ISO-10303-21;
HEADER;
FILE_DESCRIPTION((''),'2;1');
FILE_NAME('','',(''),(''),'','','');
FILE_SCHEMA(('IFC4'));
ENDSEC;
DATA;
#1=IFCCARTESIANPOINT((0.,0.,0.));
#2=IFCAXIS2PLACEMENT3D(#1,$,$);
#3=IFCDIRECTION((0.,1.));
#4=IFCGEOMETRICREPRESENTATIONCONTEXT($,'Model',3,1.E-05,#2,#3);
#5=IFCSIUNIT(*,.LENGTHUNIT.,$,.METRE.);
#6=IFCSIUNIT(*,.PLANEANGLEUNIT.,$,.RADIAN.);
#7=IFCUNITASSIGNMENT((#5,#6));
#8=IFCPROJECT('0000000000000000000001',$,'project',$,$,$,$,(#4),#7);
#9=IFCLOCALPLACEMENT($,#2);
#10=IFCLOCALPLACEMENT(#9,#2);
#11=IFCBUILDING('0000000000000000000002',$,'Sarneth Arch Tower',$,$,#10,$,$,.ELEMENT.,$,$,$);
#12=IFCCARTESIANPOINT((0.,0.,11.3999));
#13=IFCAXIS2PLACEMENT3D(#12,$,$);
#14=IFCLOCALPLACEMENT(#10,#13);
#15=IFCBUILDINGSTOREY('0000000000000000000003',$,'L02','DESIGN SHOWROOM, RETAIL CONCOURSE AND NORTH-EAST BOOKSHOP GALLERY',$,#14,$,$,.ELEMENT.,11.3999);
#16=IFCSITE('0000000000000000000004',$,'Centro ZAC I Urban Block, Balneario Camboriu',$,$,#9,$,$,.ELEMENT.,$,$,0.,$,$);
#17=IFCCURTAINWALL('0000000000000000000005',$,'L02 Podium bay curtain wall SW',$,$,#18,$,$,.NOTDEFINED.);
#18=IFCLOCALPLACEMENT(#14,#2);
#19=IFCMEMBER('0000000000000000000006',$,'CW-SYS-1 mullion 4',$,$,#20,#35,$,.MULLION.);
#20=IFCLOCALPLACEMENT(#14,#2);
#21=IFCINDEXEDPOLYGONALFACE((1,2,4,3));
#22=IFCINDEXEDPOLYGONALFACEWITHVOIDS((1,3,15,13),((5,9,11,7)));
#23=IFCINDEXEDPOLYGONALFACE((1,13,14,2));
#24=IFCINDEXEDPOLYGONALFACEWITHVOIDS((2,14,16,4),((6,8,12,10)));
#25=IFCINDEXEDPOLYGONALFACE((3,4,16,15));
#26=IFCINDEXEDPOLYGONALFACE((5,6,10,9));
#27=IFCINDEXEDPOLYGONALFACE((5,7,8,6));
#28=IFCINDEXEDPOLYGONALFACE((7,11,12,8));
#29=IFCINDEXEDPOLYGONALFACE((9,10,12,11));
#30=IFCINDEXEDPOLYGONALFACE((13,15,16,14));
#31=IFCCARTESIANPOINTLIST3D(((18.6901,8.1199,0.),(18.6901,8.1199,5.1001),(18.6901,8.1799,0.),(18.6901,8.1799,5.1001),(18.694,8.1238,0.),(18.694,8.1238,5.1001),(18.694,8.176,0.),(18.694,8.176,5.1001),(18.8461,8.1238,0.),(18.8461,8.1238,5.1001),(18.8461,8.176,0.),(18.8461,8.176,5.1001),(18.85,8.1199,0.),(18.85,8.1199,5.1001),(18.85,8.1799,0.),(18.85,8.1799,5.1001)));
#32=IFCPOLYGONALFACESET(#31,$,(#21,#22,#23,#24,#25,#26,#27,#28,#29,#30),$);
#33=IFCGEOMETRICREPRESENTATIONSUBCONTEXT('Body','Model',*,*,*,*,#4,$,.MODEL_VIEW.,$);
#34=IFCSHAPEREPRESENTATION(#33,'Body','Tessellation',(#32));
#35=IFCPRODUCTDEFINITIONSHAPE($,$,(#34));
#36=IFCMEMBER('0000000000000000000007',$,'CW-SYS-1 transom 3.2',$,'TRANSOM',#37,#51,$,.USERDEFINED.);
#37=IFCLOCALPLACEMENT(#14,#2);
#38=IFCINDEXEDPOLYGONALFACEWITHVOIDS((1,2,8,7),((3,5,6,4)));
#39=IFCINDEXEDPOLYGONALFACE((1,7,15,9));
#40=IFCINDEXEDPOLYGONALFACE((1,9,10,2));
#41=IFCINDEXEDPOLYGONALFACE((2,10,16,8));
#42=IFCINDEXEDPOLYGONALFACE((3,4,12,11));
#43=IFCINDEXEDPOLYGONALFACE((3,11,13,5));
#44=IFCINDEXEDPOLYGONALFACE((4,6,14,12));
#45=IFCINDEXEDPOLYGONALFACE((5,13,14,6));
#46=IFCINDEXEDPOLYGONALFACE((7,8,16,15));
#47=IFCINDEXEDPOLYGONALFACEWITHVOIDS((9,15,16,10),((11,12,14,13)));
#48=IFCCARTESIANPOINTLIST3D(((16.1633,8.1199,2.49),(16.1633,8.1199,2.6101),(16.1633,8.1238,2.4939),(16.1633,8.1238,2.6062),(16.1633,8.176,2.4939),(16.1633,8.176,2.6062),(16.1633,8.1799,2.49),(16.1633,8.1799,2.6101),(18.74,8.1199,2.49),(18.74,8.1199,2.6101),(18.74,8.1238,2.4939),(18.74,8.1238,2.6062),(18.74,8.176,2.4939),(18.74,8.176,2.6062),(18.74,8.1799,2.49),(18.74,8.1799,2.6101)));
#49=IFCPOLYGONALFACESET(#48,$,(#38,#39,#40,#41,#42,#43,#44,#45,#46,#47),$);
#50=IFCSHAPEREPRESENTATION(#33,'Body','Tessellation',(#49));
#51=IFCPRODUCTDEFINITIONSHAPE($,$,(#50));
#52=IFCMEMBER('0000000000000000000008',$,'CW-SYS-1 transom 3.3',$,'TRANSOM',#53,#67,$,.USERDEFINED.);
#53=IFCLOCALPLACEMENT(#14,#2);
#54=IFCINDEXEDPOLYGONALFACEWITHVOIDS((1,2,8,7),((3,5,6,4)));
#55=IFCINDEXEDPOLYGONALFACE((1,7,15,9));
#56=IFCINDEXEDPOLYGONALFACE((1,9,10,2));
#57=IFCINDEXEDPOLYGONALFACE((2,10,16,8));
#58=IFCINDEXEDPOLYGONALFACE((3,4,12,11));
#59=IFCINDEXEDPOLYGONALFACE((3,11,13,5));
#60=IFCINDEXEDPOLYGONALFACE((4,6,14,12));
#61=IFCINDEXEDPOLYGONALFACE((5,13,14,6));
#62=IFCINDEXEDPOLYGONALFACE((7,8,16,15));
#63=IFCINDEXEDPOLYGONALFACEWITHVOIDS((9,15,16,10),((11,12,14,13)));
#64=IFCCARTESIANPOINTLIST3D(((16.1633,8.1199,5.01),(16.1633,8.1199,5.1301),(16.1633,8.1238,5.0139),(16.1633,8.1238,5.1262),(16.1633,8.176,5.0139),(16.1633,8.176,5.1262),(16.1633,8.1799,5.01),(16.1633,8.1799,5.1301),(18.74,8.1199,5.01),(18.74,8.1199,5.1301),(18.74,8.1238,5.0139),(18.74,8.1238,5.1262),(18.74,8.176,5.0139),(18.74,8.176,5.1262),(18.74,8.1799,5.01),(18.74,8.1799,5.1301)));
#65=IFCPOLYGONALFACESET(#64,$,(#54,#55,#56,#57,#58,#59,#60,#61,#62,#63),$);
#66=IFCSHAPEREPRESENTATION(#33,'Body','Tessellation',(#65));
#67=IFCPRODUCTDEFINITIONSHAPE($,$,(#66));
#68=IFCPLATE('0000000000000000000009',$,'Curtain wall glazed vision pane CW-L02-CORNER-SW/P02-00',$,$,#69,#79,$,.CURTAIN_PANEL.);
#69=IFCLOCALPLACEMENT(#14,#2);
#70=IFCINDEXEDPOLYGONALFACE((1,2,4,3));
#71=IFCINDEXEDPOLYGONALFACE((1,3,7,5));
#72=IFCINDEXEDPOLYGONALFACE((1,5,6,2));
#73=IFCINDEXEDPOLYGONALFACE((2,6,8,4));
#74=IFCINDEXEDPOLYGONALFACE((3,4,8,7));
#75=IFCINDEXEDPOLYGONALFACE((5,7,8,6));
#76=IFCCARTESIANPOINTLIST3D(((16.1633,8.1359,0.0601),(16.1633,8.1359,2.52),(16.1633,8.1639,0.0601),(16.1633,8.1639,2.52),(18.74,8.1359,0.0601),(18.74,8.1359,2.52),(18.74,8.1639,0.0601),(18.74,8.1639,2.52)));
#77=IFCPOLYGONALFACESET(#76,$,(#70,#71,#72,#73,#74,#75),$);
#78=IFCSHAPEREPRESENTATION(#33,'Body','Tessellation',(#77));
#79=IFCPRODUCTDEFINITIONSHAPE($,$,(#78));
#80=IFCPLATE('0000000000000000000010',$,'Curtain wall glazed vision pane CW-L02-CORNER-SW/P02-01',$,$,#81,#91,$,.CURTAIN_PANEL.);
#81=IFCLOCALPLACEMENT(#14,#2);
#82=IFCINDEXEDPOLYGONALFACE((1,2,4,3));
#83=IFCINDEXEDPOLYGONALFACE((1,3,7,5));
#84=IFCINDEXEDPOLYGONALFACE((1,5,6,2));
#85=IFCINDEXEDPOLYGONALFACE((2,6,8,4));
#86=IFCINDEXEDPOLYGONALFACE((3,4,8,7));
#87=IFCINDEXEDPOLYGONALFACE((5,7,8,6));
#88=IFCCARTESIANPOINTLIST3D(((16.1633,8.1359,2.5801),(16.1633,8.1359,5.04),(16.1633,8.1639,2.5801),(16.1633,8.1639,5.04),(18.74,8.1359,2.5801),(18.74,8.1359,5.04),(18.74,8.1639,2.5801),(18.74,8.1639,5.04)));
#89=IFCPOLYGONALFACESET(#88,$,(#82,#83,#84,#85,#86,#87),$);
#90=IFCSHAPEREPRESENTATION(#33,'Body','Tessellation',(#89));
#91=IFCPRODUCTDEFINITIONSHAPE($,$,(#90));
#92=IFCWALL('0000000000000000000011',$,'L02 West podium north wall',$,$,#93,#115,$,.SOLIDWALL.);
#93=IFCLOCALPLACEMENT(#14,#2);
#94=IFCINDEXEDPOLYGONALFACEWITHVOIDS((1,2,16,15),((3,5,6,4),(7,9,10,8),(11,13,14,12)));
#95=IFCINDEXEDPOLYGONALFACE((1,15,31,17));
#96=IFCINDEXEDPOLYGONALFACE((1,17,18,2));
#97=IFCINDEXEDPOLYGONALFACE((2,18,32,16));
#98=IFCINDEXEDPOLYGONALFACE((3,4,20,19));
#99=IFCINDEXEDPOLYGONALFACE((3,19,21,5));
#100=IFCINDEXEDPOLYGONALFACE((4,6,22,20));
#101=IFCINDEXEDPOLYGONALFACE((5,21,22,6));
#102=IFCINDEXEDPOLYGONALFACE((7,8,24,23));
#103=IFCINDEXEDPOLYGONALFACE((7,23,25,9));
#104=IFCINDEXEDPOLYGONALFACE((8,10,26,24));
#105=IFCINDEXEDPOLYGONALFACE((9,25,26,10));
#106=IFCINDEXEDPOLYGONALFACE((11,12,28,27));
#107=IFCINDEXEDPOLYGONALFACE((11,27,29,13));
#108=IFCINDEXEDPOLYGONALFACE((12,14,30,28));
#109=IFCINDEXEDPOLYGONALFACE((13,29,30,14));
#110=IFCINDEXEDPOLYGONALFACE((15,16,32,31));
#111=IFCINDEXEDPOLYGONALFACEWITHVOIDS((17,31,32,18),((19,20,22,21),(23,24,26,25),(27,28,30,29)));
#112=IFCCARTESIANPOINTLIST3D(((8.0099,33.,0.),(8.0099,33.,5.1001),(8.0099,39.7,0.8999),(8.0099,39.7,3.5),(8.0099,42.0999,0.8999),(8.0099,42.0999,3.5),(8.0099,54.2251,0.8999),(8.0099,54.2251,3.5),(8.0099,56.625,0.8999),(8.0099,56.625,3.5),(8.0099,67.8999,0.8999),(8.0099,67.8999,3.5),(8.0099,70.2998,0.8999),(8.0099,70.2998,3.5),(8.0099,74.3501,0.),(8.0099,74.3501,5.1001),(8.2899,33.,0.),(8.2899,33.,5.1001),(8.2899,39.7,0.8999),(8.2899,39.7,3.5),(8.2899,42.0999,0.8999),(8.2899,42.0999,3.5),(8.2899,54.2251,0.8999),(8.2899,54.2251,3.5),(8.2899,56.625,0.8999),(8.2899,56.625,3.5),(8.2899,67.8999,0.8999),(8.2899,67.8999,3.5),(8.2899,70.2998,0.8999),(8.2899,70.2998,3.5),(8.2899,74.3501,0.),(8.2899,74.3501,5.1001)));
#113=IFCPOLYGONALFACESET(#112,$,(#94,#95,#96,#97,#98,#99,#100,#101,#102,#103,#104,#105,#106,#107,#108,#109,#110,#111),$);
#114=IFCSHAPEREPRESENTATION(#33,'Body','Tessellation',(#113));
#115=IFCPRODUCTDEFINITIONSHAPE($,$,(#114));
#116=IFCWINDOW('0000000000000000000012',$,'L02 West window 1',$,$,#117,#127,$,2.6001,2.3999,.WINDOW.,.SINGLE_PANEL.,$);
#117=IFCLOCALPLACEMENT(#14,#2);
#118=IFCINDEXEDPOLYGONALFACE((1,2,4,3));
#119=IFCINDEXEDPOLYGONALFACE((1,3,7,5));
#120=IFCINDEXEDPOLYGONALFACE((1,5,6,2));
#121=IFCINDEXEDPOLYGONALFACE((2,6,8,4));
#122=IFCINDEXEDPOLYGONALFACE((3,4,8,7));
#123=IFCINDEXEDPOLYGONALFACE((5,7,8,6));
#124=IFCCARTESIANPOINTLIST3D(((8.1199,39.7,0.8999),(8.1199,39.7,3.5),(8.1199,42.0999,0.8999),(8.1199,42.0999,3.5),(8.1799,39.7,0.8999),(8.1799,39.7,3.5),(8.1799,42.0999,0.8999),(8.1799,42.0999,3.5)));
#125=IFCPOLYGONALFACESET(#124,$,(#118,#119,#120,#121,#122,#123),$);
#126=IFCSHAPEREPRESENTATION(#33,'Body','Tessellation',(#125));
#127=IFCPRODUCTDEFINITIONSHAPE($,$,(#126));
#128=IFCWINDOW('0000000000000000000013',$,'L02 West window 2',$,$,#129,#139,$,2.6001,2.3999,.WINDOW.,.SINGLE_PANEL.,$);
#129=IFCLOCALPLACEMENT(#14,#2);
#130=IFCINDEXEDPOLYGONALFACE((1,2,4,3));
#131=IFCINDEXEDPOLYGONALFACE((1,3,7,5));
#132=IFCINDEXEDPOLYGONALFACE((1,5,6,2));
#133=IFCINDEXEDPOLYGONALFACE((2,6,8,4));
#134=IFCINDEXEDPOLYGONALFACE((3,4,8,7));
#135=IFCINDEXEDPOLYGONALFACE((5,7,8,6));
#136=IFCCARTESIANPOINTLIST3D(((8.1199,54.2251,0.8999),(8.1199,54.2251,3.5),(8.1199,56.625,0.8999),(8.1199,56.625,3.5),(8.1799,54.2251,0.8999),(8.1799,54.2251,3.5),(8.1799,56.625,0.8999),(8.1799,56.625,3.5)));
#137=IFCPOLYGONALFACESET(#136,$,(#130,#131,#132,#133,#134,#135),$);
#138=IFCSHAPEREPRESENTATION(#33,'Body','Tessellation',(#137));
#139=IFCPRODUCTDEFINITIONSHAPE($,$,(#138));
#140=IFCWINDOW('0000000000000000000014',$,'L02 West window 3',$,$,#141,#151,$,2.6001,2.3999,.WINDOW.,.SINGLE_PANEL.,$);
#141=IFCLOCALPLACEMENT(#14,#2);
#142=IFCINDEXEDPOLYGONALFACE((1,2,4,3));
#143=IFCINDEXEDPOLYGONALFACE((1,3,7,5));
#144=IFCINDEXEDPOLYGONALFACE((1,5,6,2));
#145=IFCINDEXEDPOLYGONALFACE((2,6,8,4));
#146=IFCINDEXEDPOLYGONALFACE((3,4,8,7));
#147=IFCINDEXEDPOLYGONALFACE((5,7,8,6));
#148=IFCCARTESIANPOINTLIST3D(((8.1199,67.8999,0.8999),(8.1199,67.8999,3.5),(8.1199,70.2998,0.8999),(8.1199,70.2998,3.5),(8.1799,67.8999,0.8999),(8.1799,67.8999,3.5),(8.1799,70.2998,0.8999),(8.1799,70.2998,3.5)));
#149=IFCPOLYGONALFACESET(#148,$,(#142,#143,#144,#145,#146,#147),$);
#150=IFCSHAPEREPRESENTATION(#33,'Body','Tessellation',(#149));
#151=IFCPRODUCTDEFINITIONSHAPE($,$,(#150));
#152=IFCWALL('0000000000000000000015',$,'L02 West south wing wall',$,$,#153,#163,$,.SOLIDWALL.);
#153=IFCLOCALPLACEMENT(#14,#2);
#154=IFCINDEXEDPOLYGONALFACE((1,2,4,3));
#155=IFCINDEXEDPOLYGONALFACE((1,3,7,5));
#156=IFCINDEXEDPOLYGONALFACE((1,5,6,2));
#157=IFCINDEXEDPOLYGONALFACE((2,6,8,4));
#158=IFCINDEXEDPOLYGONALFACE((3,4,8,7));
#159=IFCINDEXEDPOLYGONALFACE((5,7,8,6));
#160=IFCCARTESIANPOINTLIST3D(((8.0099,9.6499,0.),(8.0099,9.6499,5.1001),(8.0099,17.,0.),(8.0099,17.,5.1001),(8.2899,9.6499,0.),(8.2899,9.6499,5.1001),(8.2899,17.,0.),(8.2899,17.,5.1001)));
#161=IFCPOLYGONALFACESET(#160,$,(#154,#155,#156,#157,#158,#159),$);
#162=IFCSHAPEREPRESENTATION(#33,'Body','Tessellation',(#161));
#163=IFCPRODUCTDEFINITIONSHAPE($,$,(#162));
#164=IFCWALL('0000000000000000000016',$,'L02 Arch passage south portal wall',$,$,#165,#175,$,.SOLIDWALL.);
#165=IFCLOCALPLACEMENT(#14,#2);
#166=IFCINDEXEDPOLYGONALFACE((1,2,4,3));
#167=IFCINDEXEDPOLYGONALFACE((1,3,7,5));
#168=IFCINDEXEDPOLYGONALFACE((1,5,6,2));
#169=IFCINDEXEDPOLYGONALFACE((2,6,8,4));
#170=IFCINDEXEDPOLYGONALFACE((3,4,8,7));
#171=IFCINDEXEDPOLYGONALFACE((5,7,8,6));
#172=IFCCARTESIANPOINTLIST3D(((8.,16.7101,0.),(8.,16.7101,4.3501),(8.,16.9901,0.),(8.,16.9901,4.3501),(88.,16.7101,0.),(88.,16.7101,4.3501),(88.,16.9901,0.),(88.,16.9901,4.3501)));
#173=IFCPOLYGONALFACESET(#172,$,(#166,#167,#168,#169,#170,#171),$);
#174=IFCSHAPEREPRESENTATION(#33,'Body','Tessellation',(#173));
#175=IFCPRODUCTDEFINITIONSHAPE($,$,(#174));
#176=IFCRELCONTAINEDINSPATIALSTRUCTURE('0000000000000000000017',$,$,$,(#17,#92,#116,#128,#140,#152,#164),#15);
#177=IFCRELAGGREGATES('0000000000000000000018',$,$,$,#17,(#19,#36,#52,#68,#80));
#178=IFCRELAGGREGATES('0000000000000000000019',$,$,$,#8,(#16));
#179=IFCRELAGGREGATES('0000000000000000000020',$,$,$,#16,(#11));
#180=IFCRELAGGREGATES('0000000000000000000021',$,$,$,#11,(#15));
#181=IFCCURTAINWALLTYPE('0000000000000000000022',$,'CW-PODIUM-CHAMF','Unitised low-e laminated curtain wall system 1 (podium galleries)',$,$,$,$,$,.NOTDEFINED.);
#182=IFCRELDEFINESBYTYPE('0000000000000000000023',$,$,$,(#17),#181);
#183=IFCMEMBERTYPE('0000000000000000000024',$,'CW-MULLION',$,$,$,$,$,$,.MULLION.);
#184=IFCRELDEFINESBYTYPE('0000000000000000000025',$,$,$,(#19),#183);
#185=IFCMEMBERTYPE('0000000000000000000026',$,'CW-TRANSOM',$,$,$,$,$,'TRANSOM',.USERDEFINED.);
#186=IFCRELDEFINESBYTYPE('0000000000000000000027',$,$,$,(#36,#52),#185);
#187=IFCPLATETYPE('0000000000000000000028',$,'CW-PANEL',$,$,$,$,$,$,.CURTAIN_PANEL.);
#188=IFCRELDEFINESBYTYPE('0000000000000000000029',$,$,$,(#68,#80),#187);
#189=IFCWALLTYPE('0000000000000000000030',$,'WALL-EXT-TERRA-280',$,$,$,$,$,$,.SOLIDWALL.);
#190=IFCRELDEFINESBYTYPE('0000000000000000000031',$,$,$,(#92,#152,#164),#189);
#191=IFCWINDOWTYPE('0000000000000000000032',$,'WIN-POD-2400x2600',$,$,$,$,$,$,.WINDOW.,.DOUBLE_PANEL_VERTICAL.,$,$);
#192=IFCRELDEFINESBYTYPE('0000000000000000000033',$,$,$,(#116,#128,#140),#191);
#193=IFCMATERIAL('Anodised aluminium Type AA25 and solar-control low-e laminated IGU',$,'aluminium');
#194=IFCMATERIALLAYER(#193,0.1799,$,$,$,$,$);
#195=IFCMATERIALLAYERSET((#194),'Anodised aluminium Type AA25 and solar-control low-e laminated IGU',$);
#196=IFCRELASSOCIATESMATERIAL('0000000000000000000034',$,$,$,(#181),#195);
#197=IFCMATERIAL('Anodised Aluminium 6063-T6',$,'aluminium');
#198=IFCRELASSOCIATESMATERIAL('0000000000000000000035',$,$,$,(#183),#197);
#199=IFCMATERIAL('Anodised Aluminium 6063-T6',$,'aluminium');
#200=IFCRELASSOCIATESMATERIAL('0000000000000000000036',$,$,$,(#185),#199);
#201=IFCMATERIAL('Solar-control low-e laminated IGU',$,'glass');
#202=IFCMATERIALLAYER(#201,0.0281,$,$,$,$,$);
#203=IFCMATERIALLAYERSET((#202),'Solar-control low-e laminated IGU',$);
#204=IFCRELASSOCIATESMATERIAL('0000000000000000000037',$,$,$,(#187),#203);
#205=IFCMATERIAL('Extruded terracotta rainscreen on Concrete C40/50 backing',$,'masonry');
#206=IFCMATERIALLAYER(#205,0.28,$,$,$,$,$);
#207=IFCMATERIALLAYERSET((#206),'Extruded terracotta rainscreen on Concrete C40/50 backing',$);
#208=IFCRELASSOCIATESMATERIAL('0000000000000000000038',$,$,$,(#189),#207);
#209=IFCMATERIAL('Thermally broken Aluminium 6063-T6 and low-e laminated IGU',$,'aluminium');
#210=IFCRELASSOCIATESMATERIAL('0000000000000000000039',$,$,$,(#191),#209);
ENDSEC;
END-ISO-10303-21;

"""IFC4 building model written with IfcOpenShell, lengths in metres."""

from ifc_helpers import new_model, si_unit, direction, frame, frame_2d, origin, origin_2d, place, context, subcontext, project, spatial, rectangle, hollow_rectangle, extrude, material, layer, layer_set, material_profile, profile_set, type_object, element, fill, aggregate, save


model = new_model("IFC4")

# Units and contexts
model_context = context("Model", 3, precision=1e-05, world=origin(), true_north=direction((0.0, 1.0)))
body_context = subcontext(model_context, "Body", "Model", "MODEL_VIEW")
ifc_project = project(units=[si_unit("LENGTHUNIT", "METRE"), si_unit("PLANEANGLEUNIT", "RADIAN")], contexts=[model_context])

# Site, building, storey
site_placement = place(None, origin())
site = spatial("IfcSite", under=ifc_project, at=site_placement, Name="Centro ZAC I Urban Block, Balneario Camboriu", CompositionType="ELEMENT", RefElevation=0.0)
building_placement = place(site_placement, origin())
building = spatial("IfcBuilding", under=site, at=building_placement, Name="Sarneth Arch Tower", CompositionType="ELEMENT")
storey_placement = place(building_placement, frame((0.0, 0.0, 11.3999)))
storey = spatial("IfcBuildingStorey", under=building, at=storey_placement, Name="L02", Description="DESIGN SHOWROOM, RETAIL CONCOURSE AND NORTH-EAST BOOKSHOP GALLERY", CompositionType="ELEMENT", Elevation=11.3999)

# Curtain wall, members, plates
ifc_material_1 = material(Name="Anodised aluminium Type AA25 and solar-control low-e laminated IGU", Category="aluminium")
ifc_layer_1 = layer(ifc_material_1, 0.1799)
ifc_layer_set_1 = layer_set([ifc_layer_1], Name="Anodised aluminium Type AA25 and solar-control low-e laminated IGU")
curtain_wall_type = type_object("IfcCurtainWallType", Name="CW-PODIUM-CHAMF", Description="Unitised low-e laminated curtain wall system 1 (podium galleries)", PredefinedType="NOTDEFINED", material=ifc_layer_set_1)
curtain_wall_placement = place(storey_placement, origin())
curtain_wall = element("IfcCurtainWall", 1, at=curtain_wall_placement, inside=storey, type_object=curtain_wall_type, Name="L02 Podium bay curtain wall SW", PredefinedType="NOTDEFINED")
ifc_material_2 = material(Name="Anodised Aluminium 6063-T6", Category="aluminium")
ifc_material_profile_1 = material_profile(ifc_material_2, hollow_rectangle(XDim=0.0601, YDim=0.1599, WallThickness=0.0039, at=origin_2d()), Name="AL-MULL-160x60x4")
ifc_profile_set_1 = profile_set([ifc_material_profile_1], Name="Anodised Aluminium 6063-T6")
member_type_1 = type_object("IfcMemberType", Name="CW-MULLION", PredefinedType="MULLION", material=ifc_profile_set_1)
member_1_placement = place(storey_placement, frame((18.77, 8.1499, 0.0), z_axis=(0.0, 0.0, 1.0), x_axis=(0.0, 1.0, 0.0)))
member_1 = element("IfcMember", 2, at=member_1_placement, type_object=member_type_1, Name="CW-SYS-1 mullion 4", PredefinedType="MULLION", context=body_context, shape_type="SweptSolid", body=[
    extrude(hollow_rectangle(XDim=0.0601, YDim=0.1599, WallThickness=0.0039, at=origin_2d()), origin(), (0.0, 0.0, 1.0), 5.1001),
])
ifc_material_3 = material(Name="Anodised Aluminium 6063-T6", Category="aluminium")
ifc_material_profile_2 = material_profile(ifc_material_3, hollow_rectangle(XDim=0.0601, YDim=0.1201, WallThickness=0.0039, at=origin_2d()), Name="AL-TRAN-120x60x4")
ifc_profile_set_2 = profile_set([ifc_material_profile_2], Name="Anodised Aluminium 6063-T6")
member_type_2 = type_object("IfcMemberType", Name="CW-TRANSOM", ElementType="TRANSOM", PredefinedType="USERDEFINED", material=ifc_profile_set_2)
member_2_placement = place(storey_placement, frame((16.1633, 8.1499, 2.55), z_axis=(1.0, 0.0, 0.0), x_axis=(0.0, 1.0, 0.0)))
member_2 = element("IfcMember", 3, at=member_2_placement, type_object=member_type_2, Name="CW-SYS-1 transom 3.2", ObjectType="TRANSOM", PredefinedType="USERDEFINED", context=body_context, shape_type="SweptSolid", body=[
    extrude(hollow_rectangle(XDim=0.0601, YDim=0.1201, WallThickness=0.0039, at=origin_2d()), origin(), (0.0, 0.0, 1.0), 2.5767),
])
member_3_placement = place(storey_placement, frame((16.1633, 8.1499, 5.0701), z_axis=(1.0, 0.0, 0.0), x_axis=(0.0, 1.0, 0.0)))
member_3 = element("IfcMember", 4, at=member_3_placement, type_object=member_type_2, Name="CW-SYS-1 transom 3.3", ObjectType="TRANSOM", PredefinedType="USERDEFINED", context=body_context, shape_type="SweptSolid", body=[
    extrude(hollow_rectangle(XDim=0.0601, YDim=0.1201, WallThickness=0.0039, at=origin_2d()), origin(), (0.0, 0.0, 1.0), 2.5767),
])
ifc_material_4 = material(Name="Solar-control low-e laminated IGU", Category="glass")
ifc_layer_2 = layer(ifc_material_4, 0.0281)
ifc_layer_set_2 = layer_set([ifc_layer_2], Name="Solar-control low-e laminated IGU")
plate_type = type_object("IfcPlateType", Name="CW-PANEL", PredefinedType="CURTAIN_PANEL", material=ifc_layer_set_2)
plate_1_placement = place(storey_placement, frame((17.4517, 8.1499, 0.0601), z_axis=(0.0, 0.0, 1.0), x_axis=(1.0, 0.0, 0.0)))
plate_1 = element("IfcPlate", 5, at=plate_1_placement, type_object=plate_type, Name="Curtain wall glazed vision pane CW-L02-CORNER-SW/P02-00", PredefinedType="CURTAIN_PANEL", context=body_context, shape_type="SweptSolid", body=[
    extrude(rectangle(XDim=2.5767, YDim=0.0281, at=origin_2d()), origin(), (0.0, 0.0, 1.0), 2.46),
])
plate_2_placement = place(storey_placement, frame((17.4517, 8.1499, 2.5801), z_axis=(0.0, 0.0, 1.0), x_axis=(1.0, 0.0, 0.0)))
plate_2 = element("IfcPlate", 6, at=plate_2_placement, type_object=plate_type, Name="Curtain wall glazed vision pane CW-L02-CORNER-SW/P02-01", PredefinedType="CURTAIN_PANEL", context=body_context, shape_type="SweptSolid", body=[
    extrude(rectangle(XDim=2.5767, YDim=0.0281, at=origin_2d()), origin(), (0.0, 0.0, 1.0), 2.46),
])
aggregate(curtain_wall, [member_1, member_2, member_3, plate_1, plate_2])

# Wall, openings, windows
ifc_material_5 = material(Name="Extruded terracotta rainscreen on Concrete C40/50 backing", Category="masonry")
ifc_layer_3 = layer(ifc_material_5, 0.28)
ifc_layer_set_3 = layer_set([ifc_layer_3], Name="Extruded terracotta rainscreen on Concrete C40/50 backing")
wall_type = type_object("IfcWallType", Name="WALL-EXT-TERRA-280", PredefinedType="SOLIDWALL", material=ifc_layer_set_3)
wall_1_placement = place(storey_placement, frame((8.1499, 33.0, 0.0), z_axis=(0.0, 0.0, 1.0), x_axis=(0.0, 1.0, 0.0)))
wall_1 = element("IfcWall", 7, at=wall_1_placement, inside=storey, type_object=wall_type, Name="L02 West podium north wall", PredefinedType="SOLIDWALL", context=body_context, shape_type="SweptSolid", body=[
    extrude(rectangle(XDim=41.3501, YDim=0.28, at=frame_2d((20.675, 0.0))), origin(), (0.0, 0.0, 1.0), 5.1001),
])
opening_1_placement = place(wall_1_placement, frame((6.7, 0.0, 0.8999)))
opening_1 = element("IfcOpeningElement", 8, at=opening_1_placement, cuts=wall_1, PredefinedType="OPENING", context=body_context, shape_type="SweptSolid", body=[
    extrude(rectangle(XDim=2.3999, YDim=2.6001, at=frame_2d((1.2, 1.3))), frame((0.0, 0.1499, 0.0), z_axis=(0.0, -1.0, 0.0), x_axis=(1.0, 0.0, 0.0)), (0.0, 0.0, 1.0), 0.3),
])
opening_2_placement = place(wall_1_placement, frame((21.2251, 0.0, 0.8999)))
opening_2 = element("IfcOpeningElement", 9, at=opening_2_placement, cuts=wall_1, PredefinedType="OPENING", context=body_context, shape_type="SweptSolid", body=[
    extrude(rectangle(XDim=2.3999, YDim=2.6001, at=frame_2d((1.2, 1.3))), frame((0.0, 0.1499, 0.0), z_axis=(0.0, -1.0, 0.0), x_axis=(1.0, 0.0, 0.0)), (0.0, 0.0, 1.0), 0.3),
])
opening_3_placement = place(wall_1_placement, frame((34.8999, 0.0, 0.8999)))
opening_3 = element("IfcOpeningElement", 10, at=opening_3_placement, cuts=wall_1, PredefinedType="OPENING", context=body_context, shape_type="SweptSolid", body=[
    extrude(rectangle(XDim=2.3999, YDim=2.6001, at=frame_2d((1.2, 1.3))), frame((0.0, 0.1499, 0.0), z_axis=(0.0, -1.0, 0.0), x_axis=(1.0, 0.0, 0.0)), (0.0, 0.0, 1.0), 0.3),
])
ifc_material_6 = material(Name="Thermally broken Aluminium 6063-T6 and low-e laminated IGU", Category="aluminium")
window_type = type_object("IfcWindowType", Name="WIN-POD-2400x2600", PartitioningType="DOUBLE_PANEL_VERTICAL", PredefinedType="WINDOW", material=ifc_material_6)
window_1_placement = place(opening_1_placement, origin())
window_1 = element("IfcWindow", 11, at=window_1_placement, inside=storey, type_object=window_type, Name="L02 West window 1", OverallHeight=2.6001, OverallWidth=2.3999, PartitioningType="SINGLE_PANEL", PredefinedType="WINDOW", context=body_context, shape_type="SweptSolid", body=[
    extrude(rectangle(XDim=2.3999, YDim=2.6001, at=frame_2d((1.2, 1.3))), frame((0.0, 0.03, 0.0), z_axis=(0.0, -1.0, 0.0), x_axis=(1.0, 0.0, 0.0)), (0.0, 0.0, 1.0), 0.0601),
])
fill(opening_1, window_1)
window_2_placement = place(opening_2_placement, origin())
window_2 = element("IfcWindow", 12, at=window_2_placement, inside=storey, type_object=window_type, Name="L02 West window 2", OverallHeight=2.6001, OverallWidth=2.3999, PartitioningType="SINGLE_PANEL", PredefinedType="WINDOW", context=body_context, shape_type="SweptSolid", body=[
    extrude(rectangle(XDim=2.3999, YDim=2.6001, at=frame_2d((1.2, 1.3))), frame((0.0, 0.03, 0.0), z_axis=(0.0, -1.0, 0.0), x_axis=(1.0, 0.0, 0.0)), (0.0, 0.0, 1.0), 0.0601),
])
fill(opening_2, window_2)
window_3_placement = place(opening_3_placement, origin())
window_3 = element("IfcWindow", 13, at=window_3_placement, inside=storey, type_object=window_type, Name="L02 West window 3", OverallHeight=2.6001, OverallWidth=2.3999, PartitioningType="SINGLE_PANEL", PredefinedType="WINDOW", context=body_context, shape_type="SweptSolid", body=[
    extrude(rectangle(XDim=2.3999, YDim=2.6001, at=frame_2d((1.2, 1.3))), frame((0.0, 0.03, 0.0), z_axis=(0.0, -1.0, 0.0), x_axis=(1.0, 0.0, 0.0)), (0.0, 0.0, 1.0), 0.0601),
])
fill(opening_3, window_3)

# Walls
wall_2_placement = place(storey_placement, frame((8.1499, 17.0, 0.0), z_axis=(0.0, 0.0, 1.0), x_axis=(0.0, -1.0, 0.0)))
element("IfcWall", 14, at=wall_2_placement, inside=storey, type_object=wall_type, Name="L02 West south wing wall", PredefinedType="SOLIDWALL", context=body_context, shape_type="SweptSolid", body=[
    extrude(rectangle(XDim=7.3501, YDim=0.28, at=frame_2d((3.675, 0.0))), origin(), (0.0, 0.0, 1.0), 5.1001),
])
wall_3_placement = place(storey_placement, frame((8.0, 16.8501, 0.0), z_axis=(0.0, 0.0, 1.0), x_axis=(1.0, 0.0, 0.0)))
element("IfcWall", 15, at=wall_3_placement, inside=storey, type_object=wall_type, Name="L02 Arch passage south portal wall", PredefinedType="SOLIDWALL", context=body_context, shape_type="SweptSolid", body=[
    extrude(rectangle(XDim=80.0, YDim=0.28, at=frame_2d((40.0, 0.0))), origin(), (0.0, 0.0, 1.0), 4.3501),
])

save(model, "model.ifc")
